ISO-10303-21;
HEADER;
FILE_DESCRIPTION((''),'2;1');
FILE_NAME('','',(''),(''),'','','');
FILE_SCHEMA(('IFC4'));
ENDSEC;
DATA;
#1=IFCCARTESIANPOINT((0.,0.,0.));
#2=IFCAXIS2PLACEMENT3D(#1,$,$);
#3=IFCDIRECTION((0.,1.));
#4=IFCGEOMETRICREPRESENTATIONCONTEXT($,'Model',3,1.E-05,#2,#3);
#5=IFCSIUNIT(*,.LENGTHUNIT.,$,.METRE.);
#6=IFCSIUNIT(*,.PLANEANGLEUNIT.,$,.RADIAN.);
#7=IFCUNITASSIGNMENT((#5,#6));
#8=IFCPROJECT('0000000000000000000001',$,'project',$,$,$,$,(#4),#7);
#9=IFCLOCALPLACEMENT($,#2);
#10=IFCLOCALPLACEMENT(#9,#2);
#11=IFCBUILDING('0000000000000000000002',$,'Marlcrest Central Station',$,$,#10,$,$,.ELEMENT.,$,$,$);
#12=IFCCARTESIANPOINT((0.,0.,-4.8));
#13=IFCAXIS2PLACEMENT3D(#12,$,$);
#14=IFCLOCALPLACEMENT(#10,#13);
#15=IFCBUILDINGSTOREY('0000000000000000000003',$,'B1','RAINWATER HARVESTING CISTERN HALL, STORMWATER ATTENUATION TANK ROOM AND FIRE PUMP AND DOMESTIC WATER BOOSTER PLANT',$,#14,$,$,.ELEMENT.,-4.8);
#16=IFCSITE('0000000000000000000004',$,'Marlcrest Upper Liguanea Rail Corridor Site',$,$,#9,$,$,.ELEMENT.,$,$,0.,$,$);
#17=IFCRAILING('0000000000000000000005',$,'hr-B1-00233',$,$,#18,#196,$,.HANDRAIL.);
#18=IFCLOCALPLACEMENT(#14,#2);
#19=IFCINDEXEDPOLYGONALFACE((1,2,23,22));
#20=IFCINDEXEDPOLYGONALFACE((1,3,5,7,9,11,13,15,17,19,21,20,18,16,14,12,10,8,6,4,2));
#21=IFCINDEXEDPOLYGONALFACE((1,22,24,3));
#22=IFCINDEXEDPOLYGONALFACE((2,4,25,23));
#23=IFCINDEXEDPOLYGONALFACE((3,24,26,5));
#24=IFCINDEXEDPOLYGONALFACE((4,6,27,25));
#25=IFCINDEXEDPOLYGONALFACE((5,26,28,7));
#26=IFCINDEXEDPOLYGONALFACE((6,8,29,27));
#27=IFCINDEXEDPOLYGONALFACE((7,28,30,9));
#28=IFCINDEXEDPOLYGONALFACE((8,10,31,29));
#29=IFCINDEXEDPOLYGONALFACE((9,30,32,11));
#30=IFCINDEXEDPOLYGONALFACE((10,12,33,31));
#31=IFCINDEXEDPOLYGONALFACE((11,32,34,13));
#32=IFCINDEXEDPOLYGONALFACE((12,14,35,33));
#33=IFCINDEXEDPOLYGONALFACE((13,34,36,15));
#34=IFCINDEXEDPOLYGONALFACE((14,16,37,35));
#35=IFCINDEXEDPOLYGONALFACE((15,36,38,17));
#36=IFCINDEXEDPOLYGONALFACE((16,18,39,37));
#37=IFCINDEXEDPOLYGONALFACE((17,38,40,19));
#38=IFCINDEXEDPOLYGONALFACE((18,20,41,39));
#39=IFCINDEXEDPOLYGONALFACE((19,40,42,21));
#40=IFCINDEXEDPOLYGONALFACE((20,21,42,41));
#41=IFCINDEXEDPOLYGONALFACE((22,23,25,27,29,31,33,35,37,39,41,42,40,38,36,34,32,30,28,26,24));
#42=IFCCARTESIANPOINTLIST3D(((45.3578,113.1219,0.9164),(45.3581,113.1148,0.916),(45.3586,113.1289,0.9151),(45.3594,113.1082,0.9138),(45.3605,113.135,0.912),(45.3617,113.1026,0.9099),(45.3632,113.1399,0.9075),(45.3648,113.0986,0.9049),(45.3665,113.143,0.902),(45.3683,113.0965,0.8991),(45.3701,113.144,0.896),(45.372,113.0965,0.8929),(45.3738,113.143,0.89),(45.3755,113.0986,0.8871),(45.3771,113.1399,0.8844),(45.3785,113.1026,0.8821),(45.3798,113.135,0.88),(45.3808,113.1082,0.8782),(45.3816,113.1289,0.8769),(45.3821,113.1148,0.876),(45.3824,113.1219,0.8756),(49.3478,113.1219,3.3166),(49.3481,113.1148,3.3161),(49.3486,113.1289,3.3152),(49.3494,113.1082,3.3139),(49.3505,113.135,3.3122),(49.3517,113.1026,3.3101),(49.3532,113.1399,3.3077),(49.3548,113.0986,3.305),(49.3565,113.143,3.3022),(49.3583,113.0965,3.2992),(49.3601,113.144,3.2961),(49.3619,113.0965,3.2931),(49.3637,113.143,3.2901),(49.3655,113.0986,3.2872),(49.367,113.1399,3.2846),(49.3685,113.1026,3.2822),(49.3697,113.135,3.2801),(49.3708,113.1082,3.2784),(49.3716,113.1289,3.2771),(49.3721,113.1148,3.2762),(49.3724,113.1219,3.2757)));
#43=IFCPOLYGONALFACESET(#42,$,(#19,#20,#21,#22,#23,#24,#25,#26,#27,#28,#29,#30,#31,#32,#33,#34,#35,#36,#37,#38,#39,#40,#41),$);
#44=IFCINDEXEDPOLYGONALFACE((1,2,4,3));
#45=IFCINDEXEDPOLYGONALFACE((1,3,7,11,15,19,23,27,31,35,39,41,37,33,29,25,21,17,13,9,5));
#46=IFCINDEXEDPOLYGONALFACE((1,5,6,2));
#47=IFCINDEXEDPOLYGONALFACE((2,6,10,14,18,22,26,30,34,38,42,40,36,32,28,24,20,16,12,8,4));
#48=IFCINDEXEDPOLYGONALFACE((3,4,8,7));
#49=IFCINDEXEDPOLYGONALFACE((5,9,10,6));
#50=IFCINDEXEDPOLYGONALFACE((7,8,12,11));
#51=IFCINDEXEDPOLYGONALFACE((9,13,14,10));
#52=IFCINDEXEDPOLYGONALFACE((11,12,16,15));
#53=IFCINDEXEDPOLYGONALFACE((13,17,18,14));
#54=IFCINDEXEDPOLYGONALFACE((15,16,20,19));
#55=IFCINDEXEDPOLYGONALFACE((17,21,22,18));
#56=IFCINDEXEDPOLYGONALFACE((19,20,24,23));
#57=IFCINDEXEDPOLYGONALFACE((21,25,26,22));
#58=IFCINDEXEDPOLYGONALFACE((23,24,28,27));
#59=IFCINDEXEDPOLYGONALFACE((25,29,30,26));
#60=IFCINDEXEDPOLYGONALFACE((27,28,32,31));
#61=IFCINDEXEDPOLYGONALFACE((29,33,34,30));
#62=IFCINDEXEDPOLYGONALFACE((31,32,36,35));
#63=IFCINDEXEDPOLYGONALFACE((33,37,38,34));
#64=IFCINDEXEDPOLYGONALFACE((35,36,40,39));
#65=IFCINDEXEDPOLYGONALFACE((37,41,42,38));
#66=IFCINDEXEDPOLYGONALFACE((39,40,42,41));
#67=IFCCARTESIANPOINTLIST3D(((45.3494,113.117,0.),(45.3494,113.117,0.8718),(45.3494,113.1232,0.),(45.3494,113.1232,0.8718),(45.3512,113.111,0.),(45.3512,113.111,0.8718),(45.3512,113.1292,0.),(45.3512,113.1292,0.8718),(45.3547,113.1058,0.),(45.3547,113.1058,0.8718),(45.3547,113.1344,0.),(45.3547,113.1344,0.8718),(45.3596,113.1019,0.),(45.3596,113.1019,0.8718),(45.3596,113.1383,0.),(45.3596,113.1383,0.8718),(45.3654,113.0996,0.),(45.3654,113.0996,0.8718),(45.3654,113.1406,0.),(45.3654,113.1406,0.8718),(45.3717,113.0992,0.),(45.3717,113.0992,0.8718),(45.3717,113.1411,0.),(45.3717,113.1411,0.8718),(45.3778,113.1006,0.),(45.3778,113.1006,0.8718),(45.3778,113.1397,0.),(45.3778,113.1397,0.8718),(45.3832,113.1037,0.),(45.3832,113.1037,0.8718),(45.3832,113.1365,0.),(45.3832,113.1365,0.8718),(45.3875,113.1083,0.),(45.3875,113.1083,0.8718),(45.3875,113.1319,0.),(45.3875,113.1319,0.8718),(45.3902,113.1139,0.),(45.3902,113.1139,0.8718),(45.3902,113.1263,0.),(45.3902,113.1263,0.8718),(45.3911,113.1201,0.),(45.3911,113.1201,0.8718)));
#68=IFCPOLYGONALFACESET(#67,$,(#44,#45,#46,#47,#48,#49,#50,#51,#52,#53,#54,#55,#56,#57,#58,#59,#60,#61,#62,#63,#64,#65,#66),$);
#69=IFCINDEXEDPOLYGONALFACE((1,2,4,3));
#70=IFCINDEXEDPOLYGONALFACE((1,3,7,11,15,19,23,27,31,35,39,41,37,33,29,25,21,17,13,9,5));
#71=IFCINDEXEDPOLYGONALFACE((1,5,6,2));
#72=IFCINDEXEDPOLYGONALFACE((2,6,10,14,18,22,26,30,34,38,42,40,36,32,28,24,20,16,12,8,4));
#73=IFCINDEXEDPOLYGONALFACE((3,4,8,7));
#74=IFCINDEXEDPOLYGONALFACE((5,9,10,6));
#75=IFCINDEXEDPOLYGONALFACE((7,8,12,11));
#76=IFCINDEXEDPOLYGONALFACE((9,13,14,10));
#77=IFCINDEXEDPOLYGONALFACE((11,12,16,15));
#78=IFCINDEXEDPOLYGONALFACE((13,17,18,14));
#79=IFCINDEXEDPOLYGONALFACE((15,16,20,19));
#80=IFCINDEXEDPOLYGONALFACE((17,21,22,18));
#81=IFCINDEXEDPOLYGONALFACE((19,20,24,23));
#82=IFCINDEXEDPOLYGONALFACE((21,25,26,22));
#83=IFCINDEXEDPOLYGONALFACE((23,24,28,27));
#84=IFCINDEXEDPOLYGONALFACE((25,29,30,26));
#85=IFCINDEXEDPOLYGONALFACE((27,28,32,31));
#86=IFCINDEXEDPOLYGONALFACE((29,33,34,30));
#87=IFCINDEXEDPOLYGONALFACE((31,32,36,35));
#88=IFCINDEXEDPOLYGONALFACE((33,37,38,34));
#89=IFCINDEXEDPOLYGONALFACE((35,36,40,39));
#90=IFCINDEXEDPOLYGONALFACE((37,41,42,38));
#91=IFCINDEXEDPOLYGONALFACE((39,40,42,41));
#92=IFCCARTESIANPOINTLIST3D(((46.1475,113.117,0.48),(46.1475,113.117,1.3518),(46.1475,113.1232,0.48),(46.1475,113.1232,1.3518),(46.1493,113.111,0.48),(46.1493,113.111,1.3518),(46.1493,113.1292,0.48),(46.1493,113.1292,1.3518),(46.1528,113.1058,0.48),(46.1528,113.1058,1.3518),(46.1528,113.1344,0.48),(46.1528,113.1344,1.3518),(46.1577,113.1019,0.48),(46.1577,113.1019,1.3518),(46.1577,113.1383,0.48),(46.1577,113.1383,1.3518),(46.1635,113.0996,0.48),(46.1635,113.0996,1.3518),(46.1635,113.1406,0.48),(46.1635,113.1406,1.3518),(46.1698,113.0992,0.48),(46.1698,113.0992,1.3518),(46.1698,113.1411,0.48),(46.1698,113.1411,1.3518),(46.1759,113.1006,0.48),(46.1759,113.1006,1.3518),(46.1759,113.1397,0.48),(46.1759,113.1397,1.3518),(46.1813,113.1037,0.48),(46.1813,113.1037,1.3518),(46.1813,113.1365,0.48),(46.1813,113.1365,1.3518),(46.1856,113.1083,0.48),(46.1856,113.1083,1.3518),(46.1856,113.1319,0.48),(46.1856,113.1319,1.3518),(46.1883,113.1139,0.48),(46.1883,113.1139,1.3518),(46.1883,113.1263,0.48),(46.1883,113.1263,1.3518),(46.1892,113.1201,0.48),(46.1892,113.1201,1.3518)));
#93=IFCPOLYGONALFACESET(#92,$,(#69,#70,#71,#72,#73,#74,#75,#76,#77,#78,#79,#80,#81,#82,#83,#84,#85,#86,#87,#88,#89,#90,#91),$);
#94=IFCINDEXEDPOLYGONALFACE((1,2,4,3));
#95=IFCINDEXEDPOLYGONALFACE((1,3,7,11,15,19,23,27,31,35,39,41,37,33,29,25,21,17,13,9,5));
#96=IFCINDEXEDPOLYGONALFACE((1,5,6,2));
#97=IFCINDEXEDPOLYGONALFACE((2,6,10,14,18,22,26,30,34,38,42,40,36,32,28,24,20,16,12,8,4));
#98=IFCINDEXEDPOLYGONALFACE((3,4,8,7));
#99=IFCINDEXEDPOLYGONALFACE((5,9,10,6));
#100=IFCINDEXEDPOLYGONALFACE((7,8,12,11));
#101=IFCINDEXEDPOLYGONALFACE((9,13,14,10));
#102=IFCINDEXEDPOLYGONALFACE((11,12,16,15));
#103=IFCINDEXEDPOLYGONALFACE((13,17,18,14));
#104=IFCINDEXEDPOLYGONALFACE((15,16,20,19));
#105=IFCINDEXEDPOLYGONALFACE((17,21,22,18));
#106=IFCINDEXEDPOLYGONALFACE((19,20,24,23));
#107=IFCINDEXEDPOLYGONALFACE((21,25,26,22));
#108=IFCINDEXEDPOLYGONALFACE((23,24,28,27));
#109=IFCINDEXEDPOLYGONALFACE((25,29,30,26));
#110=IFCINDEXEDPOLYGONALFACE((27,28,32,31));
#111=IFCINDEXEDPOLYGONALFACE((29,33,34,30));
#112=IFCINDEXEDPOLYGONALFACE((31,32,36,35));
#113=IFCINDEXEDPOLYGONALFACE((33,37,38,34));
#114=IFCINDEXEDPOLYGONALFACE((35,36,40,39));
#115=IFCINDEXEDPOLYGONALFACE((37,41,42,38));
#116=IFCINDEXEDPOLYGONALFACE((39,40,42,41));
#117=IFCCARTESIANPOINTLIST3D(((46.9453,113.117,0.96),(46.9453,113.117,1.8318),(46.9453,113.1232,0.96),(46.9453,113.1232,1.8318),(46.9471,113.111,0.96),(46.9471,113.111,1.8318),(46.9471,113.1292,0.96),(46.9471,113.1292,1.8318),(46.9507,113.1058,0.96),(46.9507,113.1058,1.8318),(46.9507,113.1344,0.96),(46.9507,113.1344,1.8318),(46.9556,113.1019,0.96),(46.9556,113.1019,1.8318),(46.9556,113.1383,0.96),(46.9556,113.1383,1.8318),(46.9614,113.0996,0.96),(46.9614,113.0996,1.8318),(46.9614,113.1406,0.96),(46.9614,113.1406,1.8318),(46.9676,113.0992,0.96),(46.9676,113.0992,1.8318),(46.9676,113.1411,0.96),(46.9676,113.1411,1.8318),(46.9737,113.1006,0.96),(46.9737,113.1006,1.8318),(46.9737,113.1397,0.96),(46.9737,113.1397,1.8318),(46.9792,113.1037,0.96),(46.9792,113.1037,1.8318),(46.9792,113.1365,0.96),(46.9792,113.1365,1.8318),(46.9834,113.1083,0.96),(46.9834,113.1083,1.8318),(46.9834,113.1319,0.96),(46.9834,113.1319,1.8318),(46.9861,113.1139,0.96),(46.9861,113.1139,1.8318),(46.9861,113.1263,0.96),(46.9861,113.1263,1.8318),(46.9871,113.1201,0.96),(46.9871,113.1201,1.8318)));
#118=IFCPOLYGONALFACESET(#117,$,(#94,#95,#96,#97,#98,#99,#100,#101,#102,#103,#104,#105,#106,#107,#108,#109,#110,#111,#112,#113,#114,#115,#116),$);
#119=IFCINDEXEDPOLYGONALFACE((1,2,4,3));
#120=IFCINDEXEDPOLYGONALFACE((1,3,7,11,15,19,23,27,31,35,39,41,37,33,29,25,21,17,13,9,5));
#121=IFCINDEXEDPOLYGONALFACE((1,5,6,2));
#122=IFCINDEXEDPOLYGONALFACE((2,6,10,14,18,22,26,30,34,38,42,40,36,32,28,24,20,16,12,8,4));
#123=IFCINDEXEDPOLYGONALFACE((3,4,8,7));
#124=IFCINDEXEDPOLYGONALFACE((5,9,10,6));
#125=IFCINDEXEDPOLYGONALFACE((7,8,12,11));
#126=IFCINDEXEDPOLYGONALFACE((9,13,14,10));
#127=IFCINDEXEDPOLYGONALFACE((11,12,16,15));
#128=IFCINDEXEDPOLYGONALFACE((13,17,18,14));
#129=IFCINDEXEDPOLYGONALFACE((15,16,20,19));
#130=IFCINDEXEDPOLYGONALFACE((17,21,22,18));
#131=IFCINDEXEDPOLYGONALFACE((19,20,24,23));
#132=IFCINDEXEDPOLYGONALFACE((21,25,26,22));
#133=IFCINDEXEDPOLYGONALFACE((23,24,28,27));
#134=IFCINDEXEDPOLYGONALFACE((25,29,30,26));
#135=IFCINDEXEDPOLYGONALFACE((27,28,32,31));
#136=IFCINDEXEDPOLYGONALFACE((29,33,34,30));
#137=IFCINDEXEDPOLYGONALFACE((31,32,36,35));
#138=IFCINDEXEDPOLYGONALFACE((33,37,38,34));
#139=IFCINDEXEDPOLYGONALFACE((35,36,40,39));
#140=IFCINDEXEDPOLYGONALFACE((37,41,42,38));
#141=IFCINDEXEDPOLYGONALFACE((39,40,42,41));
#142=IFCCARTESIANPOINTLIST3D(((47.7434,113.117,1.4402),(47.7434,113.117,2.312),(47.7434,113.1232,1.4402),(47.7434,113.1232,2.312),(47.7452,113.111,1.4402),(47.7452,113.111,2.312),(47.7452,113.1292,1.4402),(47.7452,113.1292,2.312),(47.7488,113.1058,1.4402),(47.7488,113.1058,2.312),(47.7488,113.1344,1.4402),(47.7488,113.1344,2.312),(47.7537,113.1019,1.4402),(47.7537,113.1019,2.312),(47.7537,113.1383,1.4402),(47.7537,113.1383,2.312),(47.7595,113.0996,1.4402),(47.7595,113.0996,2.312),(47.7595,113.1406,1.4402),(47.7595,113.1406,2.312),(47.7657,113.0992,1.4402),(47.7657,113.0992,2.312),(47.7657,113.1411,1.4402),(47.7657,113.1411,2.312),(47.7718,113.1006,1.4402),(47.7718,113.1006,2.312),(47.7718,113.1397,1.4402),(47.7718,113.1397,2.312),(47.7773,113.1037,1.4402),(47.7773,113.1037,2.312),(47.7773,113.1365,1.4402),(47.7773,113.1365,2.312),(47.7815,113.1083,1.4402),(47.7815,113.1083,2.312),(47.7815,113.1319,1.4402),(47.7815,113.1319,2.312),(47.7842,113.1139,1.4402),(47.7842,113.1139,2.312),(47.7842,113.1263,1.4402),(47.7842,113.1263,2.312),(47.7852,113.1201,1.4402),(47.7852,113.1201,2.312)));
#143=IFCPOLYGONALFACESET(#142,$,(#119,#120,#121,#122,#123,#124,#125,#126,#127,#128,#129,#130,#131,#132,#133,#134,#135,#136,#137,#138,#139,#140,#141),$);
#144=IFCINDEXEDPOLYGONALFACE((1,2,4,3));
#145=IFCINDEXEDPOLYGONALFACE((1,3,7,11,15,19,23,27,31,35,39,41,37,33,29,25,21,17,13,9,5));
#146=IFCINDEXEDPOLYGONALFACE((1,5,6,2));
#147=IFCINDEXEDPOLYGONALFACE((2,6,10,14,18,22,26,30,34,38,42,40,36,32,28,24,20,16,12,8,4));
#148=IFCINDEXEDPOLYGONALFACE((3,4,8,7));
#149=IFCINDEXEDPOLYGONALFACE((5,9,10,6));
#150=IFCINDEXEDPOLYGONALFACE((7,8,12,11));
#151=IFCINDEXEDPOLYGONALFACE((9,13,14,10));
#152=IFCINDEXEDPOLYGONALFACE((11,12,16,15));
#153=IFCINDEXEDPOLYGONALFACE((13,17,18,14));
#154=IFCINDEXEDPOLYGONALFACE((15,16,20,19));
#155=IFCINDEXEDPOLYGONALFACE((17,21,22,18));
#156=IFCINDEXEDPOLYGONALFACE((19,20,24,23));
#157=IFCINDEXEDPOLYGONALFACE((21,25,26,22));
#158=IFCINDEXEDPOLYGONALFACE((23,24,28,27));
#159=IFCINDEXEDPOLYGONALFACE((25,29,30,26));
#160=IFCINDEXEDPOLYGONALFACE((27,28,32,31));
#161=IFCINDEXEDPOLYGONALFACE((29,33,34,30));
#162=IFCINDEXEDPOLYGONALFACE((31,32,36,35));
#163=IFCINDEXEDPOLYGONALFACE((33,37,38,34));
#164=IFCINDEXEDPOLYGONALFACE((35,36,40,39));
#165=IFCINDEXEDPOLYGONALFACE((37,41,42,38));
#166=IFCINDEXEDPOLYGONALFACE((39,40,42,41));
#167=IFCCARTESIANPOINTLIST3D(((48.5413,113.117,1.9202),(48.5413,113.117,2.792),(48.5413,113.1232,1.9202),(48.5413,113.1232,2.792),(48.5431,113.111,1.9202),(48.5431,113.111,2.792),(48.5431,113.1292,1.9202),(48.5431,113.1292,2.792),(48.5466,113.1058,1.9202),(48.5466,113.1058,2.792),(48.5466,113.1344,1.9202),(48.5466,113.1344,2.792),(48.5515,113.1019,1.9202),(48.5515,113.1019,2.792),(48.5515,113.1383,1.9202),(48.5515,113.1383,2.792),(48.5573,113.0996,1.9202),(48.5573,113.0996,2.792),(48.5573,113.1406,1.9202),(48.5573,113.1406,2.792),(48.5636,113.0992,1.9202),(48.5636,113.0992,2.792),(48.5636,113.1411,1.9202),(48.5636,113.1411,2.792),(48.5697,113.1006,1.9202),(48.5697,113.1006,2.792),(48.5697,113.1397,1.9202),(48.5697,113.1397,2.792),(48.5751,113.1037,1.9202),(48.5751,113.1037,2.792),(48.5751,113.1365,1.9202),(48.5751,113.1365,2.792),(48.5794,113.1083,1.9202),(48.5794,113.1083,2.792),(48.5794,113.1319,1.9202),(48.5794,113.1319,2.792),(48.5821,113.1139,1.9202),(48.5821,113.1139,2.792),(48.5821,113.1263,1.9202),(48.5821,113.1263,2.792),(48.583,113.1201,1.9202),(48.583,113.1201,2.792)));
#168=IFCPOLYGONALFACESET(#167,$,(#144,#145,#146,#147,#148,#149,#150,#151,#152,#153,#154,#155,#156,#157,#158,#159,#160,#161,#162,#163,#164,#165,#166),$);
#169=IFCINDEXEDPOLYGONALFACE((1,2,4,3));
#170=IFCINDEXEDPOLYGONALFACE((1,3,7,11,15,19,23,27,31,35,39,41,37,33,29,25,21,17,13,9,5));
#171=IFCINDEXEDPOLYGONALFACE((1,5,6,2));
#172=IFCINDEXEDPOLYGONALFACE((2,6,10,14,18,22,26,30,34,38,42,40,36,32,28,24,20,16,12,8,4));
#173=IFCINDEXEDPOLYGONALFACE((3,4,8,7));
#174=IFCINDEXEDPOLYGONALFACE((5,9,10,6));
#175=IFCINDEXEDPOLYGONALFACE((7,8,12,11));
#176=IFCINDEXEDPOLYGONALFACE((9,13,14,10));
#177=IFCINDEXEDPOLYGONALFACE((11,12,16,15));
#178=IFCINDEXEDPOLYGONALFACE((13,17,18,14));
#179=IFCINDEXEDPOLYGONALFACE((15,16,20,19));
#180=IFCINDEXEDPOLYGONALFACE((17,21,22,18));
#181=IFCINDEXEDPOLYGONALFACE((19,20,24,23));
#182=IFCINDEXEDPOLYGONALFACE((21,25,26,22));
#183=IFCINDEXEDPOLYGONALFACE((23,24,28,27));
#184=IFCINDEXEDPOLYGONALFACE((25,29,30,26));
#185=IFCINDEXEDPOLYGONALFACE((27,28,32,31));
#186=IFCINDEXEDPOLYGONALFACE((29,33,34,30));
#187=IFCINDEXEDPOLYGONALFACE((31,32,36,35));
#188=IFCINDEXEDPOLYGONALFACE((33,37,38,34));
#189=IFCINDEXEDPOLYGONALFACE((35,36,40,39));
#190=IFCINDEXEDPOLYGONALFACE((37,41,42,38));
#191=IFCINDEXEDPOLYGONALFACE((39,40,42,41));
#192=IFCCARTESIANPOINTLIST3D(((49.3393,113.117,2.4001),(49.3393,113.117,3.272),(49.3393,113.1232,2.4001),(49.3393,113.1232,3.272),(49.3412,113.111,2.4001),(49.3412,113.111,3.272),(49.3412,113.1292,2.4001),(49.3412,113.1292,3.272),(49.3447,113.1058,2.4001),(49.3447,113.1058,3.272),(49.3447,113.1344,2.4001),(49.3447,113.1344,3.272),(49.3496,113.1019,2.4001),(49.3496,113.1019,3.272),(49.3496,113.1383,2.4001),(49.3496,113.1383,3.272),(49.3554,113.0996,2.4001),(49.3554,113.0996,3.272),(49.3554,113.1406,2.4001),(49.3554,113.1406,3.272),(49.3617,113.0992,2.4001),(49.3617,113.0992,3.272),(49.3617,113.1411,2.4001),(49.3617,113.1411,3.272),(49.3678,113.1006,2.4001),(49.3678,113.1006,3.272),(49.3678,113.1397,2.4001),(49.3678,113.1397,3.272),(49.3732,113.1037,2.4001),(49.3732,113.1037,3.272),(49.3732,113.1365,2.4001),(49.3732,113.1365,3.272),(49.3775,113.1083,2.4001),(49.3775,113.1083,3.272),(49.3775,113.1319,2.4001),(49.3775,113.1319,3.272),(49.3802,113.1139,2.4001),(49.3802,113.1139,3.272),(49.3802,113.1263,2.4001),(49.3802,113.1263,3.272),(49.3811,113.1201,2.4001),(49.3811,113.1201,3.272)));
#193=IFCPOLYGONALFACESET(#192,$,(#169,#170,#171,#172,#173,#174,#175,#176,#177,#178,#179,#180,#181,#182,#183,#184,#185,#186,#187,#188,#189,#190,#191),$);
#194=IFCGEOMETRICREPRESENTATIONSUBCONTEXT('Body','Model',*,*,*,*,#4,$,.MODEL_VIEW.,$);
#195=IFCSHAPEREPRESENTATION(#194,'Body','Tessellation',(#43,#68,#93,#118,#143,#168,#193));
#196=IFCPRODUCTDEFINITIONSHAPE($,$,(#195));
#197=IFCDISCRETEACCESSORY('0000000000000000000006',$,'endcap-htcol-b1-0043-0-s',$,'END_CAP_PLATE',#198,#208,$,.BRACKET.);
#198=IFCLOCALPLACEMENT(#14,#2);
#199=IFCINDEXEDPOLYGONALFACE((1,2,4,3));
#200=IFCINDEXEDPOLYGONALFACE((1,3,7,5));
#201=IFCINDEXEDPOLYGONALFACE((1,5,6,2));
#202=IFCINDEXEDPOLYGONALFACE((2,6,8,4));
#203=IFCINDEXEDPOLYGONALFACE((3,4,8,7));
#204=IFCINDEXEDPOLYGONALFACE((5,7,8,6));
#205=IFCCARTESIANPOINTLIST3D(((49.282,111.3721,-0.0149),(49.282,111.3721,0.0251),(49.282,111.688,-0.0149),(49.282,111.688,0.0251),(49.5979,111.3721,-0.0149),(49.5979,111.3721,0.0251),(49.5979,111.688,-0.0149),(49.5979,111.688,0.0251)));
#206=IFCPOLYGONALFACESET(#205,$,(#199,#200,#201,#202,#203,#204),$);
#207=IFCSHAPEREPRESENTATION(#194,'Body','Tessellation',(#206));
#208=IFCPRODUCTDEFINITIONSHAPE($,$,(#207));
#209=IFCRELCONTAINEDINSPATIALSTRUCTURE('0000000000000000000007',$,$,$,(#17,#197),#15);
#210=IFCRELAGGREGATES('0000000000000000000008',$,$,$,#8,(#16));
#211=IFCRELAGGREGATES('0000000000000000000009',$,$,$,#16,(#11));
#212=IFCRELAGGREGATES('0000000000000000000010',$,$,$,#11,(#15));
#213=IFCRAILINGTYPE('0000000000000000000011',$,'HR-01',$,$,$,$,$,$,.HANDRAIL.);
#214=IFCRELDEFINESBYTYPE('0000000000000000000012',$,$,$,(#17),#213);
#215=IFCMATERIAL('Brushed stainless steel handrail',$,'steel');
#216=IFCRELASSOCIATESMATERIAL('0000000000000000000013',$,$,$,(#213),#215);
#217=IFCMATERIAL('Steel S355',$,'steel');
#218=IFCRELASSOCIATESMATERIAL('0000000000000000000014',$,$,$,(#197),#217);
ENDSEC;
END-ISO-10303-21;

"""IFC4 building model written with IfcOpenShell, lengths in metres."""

from ifc_helpers import new_model, si_unit, direction, frame, origin, origin_2d, place, context, subcontext, project, spatial, rectangle, circle, extrude, material, type_object, element, save


model = new_model("IFC4")

# Units and contexts
model_context = context("Model", 3, precision=1e-05, world=origin(), true_north=direction((0.0, 1.0)))
body_context = subcontext(model_context, "Body", "Model", "MODEL_VIEW")
ifc_project = project(units=[si_unit("LENGTHUNIT", "METRE"), si_unit("PLANEANGLEUNIT", "RADIAN")], contexts=[model_context])

# Site, building, storey
site_placement = place(None, origin())
site = spatial("IfcSite", under=ifc_project, at=site_placement, Name="Marlcrest Upper Liguanea Rail Corridor Site", CompositionType="ELEMENT", RefElevation=0.0)
building_placement = place(site_placement, origin())
building = spatial("IfcBuilding", under=site, at=building_placement, Name="Marlcrest Central Station", CompositionType="ELEMENT")
storey_placement = place(building_placement, frame((0.0, 0.0, -4.8)))
storey = spatial("IfcBuildingStorey", under=building, at=storey_placement, Name="B1", Description="RAINWATER HARVESTING CISTERN HALL, STORMWATER ATTENUATION TANK ROOM AND FIRE PUMP AND DOMESTIC WATER BOOSTER PLANT", CompositionType="ELEMENT", Elevation=-4.8)

# Shared definitions
ifc_material_1 = material(Name="Steel S355", Category="steel")

# Railing
ifc_material_2 = material(Name="Brushed stainless steel handrail", Category="steel")
railing_type_1 = type_object("IfcRailingType", Name="HR-01", PredefinedType="HANDRAIL", material=ifc_material_2)
for number, where, name in (
    (1, (45.3701, 113.1201, 0.0), "hr-B1-00233"),
):
    element("IfcRailing", number, at=place(storey_placement, frame(where)), inside=storey, type_object=railing_type_1, Name=name, PredefinedType="HANDRAIL", context=body_context, shape_type="SweptSolid", body=[
        extrude(circle(Radius=0.0239, at=origin_2d()), frame((0.0, 0.0, 0.896), z_axis=(0.856909, 0.0, 0.515467), x_axis=(0.0, 1.0, 0.0)), (0.0, 0.0, 1.0), 4.6562),
        extrude(circle(Radius=0.021, at=origin_2d()), origin(), (0.0, 0.0, 1.0), 0.8718),
        extrude(circle(Radius=0.021, at=origin_2d()), frame((0.7981, 0.0, 0.48)), (0.0, 0.0, 1.0), 0.8718),
        extrude(circle(Radius=0.021, at=origin_2d()), frame((1.5959, 0.0, 0.96)), (0.0, 0.0, 1.0), 0.8718),
        extrude(circle(Radius=0.021, at=origin_2d()), frame((2.394, 0.0, 1.4402)), (0.0, 0.0, 1.0), 0.8718),
        extrude(circle(Radius=0.021, at=origin_2d()), frame((3.1919, 0.0, 1.9202)), (0.0, 0.0, 1.0), 0.8718),
        extrude(circle(Radius=0.021, at=origin_2d()), frame((3.99, 0.0, 2.4001)), (0.0, 0.0, 1.0), 0.8718),
    ])

# Discrete accessory
for number, where, z_axis, x_axis, name in (
    (2, (49.4399, 111.53, -0.0149), (0.0, 0.0, 1.0), (1.0, 0.0, 0.0), "endcap-htcol-b1-0043-0-s"),
):
    element("IfcDiscreteAccessory", number, at=place(storey_placement, frame(where, z_axis=z_axis, x_axis=x_axis)), inside=storey, material=ifc_material_1, Name=name, ObjectType="END_CAP_PLATE", PredefinedType="BRACKET", context=body_context, shape_type="SweptSolid", body=[
        extrude(rectangle(XDim=0.3159, YDim=0.3159, at=origin_2d()), origin(), (0.0, 0.0, 1.0), 0.04),
    ])

save(model, "model.ifc")
